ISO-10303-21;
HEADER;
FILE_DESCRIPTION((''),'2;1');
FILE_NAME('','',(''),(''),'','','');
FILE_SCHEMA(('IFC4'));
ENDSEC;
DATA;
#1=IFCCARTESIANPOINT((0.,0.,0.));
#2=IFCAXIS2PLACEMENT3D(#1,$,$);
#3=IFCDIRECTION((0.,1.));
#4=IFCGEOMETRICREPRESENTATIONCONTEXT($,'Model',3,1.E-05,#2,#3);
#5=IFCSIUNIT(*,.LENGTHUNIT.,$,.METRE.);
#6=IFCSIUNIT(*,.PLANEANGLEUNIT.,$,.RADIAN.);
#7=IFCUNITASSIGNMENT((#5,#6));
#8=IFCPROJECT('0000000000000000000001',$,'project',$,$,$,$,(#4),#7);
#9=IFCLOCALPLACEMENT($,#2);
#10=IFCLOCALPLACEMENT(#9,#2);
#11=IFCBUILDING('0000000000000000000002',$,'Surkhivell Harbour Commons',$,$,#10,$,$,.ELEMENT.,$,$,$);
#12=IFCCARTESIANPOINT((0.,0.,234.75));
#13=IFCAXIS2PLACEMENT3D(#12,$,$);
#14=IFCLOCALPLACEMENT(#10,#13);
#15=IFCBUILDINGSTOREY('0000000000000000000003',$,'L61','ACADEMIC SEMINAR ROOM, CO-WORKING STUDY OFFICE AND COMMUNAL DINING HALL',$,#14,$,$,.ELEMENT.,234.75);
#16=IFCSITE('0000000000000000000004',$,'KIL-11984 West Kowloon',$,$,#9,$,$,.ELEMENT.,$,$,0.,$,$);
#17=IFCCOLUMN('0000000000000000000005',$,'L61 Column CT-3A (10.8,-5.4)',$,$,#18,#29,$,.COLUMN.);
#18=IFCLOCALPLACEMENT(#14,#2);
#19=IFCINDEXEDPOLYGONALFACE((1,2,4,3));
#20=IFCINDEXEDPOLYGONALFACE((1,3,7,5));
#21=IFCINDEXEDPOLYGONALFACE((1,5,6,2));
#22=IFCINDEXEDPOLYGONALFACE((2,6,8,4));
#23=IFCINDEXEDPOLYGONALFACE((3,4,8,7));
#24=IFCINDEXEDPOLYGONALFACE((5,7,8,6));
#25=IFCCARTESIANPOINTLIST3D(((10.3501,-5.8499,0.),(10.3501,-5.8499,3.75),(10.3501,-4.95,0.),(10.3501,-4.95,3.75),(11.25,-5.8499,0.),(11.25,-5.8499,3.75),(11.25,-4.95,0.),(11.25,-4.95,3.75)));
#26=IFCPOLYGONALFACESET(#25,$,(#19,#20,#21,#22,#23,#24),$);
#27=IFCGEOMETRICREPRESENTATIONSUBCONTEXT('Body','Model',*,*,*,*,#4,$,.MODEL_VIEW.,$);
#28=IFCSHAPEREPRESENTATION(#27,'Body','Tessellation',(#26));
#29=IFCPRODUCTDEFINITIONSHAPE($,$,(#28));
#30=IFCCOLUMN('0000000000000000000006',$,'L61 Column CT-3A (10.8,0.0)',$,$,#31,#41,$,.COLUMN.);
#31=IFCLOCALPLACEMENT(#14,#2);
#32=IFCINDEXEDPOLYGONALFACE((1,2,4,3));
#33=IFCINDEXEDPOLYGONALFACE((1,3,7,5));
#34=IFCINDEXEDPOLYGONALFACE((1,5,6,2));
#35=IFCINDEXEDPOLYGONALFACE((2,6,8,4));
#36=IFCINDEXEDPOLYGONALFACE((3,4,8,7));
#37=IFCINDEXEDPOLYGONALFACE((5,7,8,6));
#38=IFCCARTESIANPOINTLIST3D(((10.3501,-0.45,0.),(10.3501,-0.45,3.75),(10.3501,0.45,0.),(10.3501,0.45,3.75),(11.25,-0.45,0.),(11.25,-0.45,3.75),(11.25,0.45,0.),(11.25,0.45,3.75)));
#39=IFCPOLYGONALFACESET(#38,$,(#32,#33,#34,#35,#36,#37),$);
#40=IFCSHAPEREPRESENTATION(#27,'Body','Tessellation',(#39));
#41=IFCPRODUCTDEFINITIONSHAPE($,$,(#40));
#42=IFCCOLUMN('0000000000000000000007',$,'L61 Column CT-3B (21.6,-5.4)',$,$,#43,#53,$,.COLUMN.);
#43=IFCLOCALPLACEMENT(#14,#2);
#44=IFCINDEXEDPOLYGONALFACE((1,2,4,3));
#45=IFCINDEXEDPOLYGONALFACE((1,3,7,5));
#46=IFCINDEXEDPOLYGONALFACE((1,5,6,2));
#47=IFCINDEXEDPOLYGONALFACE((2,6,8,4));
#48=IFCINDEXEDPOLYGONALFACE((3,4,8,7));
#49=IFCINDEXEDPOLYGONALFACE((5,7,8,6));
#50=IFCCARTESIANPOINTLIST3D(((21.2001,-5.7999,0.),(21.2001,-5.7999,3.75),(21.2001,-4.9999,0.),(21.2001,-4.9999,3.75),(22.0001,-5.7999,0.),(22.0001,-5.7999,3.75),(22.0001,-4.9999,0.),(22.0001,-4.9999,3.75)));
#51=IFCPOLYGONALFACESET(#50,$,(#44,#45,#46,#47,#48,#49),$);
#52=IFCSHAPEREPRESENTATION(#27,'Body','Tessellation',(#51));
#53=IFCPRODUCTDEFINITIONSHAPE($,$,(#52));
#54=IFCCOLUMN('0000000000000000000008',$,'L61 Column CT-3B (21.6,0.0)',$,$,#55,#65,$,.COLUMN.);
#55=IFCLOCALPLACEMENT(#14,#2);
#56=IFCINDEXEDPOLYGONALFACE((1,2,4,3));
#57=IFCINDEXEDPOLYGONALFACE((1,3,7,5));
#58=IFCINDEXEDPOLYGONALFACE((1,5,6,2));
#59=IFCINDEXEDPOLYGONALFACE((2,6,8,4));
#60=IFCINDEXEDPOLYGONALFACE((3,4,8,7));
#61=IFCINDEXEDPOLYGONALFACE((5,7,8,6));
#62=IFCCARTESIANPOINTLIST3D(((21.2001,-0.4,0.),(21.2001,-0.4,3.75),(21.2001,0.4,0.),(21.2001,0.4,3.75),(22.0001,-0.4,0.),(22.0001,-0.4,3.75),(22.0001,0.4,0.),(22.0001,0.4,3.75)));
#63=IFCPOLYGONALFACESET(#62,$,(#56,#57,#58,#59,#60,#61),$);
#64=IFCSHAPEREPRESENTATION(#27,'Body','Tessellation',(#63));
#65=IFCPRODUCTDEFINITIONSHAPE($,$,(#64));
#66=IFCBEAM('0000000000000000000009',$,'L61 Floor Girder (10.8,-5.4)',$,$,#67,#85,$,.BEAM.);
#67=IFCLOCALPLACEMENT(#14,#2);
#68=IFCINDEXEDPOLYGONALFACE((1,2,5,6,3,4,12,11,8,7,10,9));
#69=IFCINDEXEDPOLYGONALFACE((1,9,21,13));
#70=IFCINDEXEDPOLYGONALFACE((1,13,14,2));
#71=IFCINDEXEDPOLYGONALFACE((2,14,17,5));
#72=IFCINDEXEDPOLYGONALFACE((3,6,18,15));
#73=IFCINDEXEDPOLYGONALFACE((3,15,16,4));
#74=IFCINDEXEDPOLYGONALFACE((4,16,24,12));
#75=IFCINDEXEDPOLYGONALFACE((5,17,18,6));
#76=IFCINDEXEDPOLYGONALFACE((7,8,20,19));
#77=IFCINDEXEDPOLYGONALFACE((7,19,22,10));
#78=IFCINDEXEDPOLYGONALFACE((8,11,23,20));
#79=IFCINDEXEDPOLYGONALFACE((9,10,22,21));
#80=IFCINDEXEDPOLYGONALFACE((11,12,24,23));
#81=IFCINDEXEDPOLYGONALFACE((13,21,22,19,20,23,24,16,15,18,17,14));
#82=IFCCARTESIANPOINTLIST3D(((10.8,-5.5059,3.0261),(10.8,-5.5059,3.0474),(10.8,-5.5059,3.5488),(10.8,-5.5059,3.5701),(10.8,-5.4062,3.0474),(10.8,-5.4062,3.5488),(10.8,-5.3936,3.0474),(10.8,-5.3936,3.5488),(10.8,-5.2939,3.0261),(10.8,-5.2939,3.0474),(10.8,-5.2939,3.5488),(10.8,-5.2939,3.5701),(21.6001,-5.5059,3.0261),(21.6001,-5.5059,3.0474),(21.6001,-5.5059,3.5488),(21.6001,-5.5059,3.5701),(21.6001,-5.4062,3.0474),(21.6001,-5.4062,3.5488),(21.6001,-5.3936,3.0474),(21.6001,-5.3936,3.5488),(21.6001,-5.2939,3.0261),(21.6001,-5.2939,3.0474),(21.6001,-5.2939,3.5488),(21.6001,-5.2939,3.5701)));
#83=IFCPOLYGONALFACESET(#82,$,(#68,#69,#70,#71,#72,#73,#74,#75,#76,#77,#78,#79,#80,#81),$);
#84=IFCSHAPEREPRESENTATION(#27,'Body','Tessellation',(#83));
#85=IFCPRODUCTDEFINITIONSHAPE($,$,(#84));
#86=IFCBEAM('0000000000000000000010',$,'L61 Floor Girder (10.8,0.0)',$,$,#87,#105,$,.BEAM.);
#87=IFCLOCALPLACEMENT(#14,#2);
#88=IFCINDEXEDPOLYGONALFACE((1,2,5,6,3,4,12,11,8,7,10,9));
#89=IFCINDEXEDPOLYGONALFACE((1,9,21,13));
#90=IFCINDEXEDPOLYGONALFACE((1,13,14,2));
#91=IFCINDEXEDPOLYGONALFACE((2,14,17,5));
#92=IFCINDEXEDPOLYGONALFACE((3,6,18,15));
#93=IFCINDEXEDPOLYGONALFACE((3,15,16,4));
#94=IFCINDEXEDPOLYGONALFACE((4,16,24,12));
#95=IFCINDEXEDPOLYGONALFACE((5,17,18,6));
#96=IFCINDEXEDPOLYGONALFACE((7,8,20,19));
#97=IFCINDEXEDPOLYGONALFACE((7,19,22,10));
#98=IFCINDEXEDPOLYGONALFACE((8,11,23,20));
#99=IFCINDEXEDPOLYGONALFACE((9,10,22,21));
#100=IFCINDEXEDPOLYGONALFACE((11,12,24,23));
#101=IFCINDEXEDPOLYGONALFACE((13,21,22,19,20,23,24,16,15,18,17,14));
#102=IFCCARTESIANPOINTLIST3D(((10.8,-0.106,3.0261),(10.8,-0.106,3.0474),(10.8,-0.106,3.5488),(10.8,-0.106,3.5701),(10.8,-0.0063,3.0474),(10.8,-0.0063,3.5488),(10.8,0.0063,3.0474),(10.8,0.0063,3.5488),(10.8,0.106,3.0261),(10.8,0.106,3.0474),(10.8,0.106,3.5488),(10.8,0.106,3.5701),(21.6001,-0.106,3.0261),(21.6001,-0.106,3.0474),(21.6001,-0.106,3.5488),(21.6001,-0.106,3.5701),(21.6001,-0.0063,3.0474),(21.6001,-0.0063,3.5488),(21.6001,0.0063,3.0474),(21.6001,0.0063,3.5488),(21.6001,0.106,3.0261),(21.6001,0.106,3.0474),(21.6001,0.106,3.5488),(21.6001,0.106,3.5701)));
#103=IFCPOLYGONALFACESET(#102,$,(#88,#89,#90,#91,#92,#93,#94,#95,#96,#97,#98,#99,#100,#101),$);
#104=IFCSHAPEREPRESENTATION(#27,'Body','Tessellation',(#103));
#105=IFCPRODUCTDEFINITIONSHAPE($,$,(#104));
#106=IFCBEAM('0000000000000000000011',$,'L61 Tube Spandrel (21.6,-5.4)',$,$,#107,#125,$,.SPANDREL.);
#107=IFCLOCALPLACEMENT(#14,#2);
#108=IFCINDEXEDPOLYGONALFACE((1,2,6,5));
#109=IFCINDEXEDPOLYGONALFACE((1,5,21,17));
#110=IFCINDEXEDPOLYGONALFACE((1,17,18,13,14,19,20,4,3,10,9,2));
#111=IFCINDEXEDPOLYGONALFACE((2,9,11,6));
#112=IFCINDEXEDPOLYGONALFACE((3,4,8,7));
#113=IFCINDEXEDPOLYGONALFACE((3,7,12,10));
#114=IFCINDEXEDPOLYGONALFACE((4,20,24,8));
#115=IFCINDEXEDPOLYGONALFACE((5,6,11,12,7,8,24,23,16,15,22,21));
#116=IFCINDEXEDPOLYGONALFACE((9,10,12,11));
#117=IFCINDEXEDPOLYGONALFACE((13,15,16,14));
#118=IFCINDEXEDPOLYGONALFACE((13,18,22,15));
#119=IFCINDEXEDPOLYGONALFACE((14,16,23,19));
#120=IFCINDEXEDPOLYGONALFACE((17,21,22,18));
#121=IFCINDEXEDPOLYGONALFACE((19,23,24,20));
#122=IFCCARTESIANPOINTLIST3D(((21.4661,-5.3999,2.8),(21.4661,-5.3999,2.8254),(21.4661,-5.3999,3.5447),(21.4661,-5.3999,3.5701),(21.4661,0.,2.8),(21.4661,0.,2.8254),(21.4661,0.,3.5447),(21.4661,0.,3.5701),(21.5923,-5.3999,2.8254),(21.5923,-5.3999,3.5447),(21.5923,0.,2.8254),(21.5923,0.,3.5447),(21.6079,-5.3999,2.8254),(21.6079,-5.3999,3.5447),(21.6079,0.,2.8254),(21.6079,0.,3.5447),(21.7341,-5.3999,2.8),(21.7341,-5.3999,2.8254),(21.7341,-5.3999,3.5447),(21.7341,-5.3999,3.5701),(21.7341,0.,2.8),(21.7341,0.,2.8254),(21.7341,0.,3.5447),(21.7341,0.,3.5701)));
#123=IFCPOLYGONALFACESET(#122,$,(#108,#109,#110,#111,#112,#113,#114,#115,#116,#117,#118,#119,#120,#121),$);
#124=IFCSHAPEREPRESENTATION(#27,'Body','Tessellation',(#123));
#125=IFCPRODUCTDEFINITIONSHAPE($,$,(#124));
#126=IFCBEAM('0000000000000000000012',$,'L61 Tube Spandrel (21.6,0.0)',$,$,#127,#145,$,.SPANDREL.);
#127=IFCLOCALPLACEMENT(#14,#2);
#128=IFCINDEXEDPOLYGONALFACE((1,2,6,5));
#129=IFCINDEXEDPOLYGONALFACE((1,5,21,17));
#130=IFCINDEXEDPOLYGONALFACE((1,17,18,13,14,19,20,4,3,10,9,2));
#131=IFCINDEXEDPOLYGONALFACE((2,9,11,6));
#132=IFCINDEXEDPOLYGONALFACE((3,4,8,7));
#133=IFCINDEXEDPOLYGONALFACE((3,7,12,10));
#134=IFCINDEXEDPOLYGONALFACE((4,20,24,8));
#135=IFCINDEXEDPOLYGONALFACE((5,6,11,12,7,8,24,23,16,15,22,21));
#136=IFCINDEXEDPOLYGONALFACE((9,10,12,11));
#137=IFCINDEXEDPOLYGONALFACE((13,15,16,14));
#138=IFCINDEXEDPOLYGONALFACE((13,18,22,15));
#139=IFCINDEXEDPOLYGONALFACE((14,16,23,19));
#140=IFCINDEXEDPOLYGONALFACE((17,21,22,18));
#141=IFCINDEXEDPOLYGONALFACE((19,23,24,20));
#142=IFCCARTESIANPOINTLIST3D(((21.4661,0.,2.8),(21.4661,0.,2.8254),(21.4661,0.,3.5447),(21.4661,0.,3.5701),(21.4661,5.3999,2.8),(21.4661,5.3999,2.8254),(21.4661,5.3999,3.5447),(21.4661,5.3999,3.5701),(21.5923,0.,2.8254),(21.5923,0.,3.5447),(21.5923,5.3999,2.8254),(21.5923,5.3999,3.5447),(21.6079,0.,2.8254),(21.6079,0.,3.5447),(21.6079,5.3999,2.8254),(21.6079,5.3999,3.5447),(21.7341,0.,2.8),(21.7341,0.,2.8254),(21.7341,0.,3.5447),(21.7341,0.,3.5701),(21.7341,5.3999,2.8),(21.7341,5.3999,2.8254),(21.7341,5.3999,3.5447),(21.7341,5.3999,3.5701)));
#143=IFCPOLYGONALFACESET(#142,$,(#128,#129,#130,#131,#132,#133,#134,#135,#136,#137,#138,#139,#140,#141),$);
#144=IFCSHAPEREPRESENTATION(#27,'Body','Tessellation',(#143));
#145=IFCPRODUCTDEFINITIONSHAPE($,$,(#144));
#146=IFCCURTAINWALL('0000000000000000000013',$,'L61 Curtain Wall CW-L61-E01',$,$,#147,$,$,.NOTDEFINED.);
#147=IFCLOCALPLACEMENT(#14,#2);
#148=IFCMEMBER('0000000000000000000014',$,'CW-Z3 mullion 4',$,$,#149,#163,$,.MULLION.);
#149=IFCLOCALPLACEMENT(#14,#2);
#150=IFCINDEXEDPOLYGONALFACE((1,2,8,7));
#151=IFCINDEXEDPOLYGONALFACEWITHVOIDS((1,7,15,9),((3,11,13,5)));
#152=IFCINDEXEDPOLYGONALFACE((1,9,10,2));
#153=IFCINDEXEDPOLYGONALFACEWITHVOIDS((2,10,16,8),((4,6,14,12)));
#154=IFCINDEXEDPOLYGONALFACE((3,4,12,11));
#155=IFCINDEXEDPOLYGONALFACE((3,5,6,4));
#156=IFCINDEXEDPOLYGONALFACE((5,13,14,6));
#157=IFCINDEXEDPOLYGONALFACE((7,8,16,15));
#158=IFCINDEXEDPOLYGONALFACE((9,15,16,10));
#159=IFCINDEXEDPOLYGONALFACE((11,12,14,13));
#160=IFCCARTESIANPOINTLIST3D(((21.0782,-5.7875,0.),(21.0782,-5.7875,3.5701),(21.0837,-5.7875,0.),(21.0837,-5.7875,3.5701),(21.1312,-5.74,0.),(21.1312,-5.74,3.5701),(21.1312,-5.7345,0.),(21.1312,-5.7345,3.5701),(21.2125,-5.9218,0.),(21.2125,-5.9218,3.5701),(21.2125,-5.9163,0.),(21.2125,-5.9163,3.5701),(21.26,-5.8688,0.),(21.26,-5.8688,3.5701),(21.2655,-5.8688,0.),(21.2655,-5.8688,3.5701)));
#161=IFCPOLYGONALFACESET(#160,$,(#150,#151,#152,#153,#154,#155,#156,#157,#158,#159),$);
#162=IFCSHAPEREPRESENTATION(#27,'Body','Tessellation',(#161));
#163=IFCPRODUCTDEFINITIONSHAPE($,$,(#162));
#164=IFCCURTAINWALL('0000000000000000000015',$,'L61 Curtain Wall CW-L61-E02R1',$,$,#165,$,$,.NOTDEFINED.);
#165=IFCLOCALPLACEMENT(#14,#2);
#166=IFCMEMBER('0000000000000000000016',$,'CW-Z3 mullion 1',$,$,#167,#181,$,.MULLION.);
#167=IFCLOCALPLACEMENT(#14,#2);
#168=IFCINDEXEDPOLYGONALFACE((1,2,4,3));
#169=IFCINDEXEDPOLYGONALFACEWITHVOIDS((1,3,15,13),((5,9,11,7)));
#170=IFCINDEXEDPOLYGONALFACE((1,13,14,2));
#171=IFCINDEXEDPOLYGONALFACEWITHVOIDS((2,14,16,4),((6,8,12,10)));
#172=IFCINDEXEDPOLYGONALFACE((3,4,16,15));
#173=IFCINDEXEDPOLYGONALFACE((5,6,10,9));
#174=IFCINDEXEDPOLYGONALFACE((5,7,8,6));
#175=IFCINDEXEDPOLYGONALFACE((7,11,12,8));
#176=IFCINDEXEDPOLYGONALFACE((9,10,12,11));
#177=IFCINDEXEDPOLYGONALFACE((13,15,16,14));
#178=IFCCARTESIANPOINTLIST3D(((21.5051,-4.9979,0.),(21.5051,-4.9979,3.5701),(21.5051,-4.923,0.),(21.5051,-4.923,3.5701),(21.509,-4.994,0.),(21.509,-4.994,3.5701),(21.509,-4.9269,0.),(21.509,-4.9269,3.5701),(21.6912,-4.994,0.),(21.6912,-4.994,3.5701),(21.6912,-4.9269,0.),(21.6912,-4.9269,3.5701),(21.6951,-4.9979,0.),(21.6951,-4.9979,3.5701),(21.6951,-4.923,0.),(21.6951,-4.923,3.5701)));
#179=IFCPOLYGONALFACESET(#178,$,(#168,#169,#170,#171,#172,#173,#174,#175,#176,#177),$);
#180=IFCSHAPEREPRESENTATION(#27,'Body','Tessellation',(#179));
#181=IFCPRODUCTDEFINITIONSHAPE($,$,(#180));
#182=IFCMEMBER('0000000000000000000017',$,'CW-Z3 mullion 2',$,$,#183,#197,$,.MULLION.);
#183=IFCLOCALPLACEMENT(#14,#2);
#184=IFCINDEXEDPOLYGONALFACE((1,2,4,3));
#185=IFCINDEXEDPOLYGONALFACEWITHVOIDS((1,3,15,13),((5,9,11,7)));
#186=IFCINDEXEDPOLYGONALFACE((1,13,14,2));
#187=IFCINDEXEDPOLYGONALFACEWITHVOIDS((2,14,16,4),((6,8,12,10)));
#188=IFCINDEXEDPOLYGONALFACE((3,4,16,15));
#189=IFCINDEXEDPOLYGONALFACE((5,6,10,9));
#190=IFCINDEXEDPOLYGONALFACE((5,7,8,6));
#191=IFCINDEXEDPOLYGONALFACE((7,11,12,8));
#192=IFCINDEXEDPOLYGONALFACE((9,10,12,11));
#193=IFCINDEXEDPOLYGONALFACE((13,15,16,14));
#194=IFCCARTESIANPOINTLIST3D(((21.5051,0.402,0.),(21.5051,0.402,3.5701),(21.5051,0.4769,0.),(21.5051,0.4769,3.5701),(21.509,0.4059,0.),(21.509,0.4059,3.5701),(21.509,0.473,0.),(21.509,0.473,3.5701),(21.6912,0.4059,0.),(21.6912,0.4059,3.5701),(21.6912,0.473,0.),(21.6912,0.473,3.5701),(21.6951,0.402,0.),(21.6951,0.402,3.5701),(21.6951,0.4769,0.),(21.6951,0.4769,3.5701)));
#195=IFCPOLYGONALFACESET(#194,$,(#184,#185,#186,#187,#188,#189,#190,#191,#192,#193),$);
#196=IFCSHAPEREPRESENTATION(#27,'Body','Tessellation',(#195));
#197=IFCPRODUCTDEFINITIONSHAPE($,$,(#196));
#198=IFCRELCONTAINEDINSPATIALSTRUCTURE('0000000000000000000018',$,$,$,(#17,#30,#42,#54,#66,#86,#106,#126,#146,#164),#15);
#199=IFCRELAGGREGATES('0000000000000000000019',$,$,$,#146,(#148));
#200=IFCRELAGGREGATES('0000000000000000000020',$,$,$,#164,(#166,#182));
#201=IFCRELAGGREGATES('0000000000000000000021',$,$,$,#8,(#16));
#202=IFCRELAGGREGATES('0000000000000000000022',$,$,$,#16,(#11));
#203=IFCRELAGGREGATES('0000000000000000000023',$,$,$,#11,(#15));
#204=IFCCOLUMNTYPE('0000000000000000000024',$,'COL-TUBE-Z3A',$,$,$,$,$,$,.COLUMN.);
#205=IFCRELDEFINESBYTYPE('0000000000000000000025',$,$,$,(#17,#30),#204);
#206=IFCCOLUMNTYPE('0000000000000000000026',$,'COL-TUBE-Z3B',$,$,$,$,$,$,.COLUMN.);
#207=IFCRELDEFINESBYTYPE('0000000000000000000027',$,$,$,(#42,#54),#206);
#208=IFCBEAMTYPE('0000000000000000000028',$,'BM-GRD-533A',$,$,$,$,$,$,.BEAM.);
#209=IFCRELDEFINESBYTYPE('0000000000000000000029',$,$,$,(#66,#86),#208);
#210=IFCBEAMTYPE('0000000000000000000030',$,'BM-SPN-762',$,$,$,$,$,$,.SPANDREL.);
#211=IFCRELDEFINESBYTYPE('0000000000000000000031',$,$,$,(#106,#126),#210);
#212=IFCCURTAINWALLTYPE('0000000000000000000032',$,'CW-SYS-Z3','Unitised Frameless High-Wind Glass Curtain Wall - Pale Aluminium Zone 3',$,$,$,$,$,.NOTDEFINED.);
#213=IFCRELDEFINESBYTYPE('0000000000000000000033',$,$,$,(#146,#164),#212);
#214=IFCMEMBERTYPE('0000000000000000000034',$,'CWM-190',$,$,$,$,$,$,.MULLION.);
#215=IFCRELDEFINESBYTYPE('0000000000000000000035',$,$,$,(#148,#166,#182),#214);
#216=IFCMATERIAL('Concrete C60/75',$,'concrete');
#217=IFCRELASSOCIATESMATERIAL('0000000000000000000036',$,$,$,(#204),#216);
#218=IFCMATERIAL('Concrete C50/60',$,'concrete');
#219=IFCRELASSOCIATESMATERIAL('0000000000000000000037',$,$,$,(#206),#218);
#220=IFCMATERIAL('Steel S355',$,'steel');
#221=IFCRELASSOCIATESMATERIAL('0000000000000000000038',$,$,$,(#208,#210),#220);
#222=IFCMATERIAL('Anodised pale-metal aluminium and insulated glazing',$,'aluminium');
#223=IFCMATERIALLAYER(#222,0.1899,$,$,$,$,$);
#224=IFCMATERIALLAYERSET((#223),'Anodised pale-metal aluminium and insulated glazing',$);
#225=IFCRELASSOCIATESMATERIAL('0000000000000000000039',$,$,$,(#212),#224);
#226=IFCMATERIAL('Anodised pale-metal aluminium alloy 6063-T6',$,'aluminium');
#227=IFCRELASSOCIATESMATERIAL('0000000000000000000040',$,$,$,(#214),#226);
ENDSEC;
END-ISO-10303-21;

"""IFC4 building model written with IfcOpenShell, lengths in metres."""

from ifc_helpers import new_model, si_unit, direction, frame, origin, origin_2d, place, context, subcontext, project, spatial, rectangle, hollow_rectangle, i_section, extrude, material, layer, layer_set, material_profile, profile_set, type_object, element, aggregate, save


model = new_model("IFC4")

# Units and contexts
model_context = context("Model", 3, precision=1e-05, world=origin(), true_north=direction((0.0, 1.0)))
body_context = subcontext(model_context, "Body", "Model", "MODEL_VIEW")
ifc_project = project(units=[si_unit("LENGTHUNIT", "METRE"), si_unit("PLANEANGLEUNIT", "RADIAN")], contexts=[model_context])

# Site, building, storey
site_placement = place(None, origin())
site = spatial("IfcSite", under=ifc_project, at=site_placement, Name="KIL-11984 West Kowloon", CompositionType="ELEMENT", RefElevation=0.0)
building_placement = place(site_placement, origin())
building = spatial("IfcBuilding", under=site, at=building_placement, Name="Surkhivell Harbour Commons", CompositionType="ELEMENT")
storey_placement = place(building_placement, frame((0.0, 0.0, 234.75)))
storey = spatial("IfcBuildingStorey", under=building, at=storey_placement, Name="L61", Description="ACADEMIC SEMINAR ROOM, CO-WORKING STUDY OFFICE AND COMMUNAL DINING HALL", CompositionType="ELEMENT", Elevation=234.75)

# Columns
ifc_material_1 = material(Name="Concrete C60/75", Category="concrete")
ifc_material_profile_1 = material_profile(ifc_material_1, rectangle(XDim=0.8999, YDim=0.8999, at=origin_2d()), Name="RC-COL-900x900")
ifc_profile_set_1 = profile_set([ifc_material_profile_1], Name="Concrete C60/75")
column_type_1 = type_object("IfcColumnType", Name="COL-TUBE-Z3A", PredefinedType="COLUMN", material=ifc_profile_set_1)
for number, where, z_axis, x_axis, name in (
    (1, (10.8, -5.3999, 0.0), (0.0, 0.0, 1.0), (1.0, 0.0, 0.0), "L61 Column CT-3A (10.8,-5.4)"),
    (2, (10.8, 0.0, 0.0), (0.0, 0.0, 1.0), (1.0, 0.0, 0.0), "L61 Column CT-3A (10.8,0.0)"),
):
    element("IfcColumn", number, at=place(storey_placement, frame(where, z_axis=z_axis, x_axis=x_axis)), inside=storey, type_object=column_type_1, Name=name, PredefinedType="COLUMN", context=body_context, shape_type="SweptSolid", body=[
        extrude(rectangle(XDim=0.8999, YDim=0.8999, at=origin_2d()), origin(), (0.0, 0.0, 1.0), 3.75),
    ])
ifc_material_2 = material(Name="Concrete C50/60", Category="concrete")
ifc_material_profile_2 = material_profile(ifc_material_2, rectangle(XDim=0.8, YDim=0.8, at=origin_2d()), Name="RC-COL-800x800")
ifc_profile_set_2 = profile_set([ifc_material_profile_2], Name="Concrete C50/60")
column_type_2 = type_object("IfcColumnType", Name="COL-TUBE-Z3B", PredefinedType="COLUMN", material=ifc_profile_set_2)
for number, where, z_axis, x_axis, name in (
    (3, (21.6001, -5.3999, 0.0), (0.0, 0.0, 1.0), (1.0, 0.0, 0.0), "L61 Column CT-3B (21.6,-5.4)"),
    (4, (21.6001, 0.0, 0.0), (0.0, 0.0, 1.0), (1.0, 0.0, 0.0), "L61 Column CT-3B (21.6,0.0)"),
):
    element("IfcColumn", number, at=place(storey_placement, frame(where, z_axis=z_axis, x_axis=x_axis)), inside=storey, type_object=column_type_2, Name=name, PredefinedType="COLUMN", context=body_context, shape_type="SweptSolid", body=[
        extrude(rectangle(XDim=0.8, YDim=0.8, at=origin_2d()), origin(), (0.0, 0.0, 1.0), 3.75),
    ])

# Beams
ifc_material_3 = material(Name="Steel S355", Category="steel")
ifc_material_profile_3 = material_profile(ifc_material_3, i_section(OverallWidth=0.2119, OverallDepth=0.5439, WebThickness=0.0127, FlangeThickness=0.0212, at=origin_2d()), Name="UB533x210x122")
ifc_profile_set_3 = profile_set([ifc_material_profile_3], Name="Steel S355")
beam_type_1 = type_object("IfcBeamType", Name="BM-GRD-533A", PredefinedType="BEAM", material=ifc_profile_set_3)
for number, where, z_axis, x_axis, name in (
    (5, (10.8, -5.3999, 3.2981), (1.0, 0.0, 0.0), (0.0, 1.0, 0.0), "L61 Floor Girder (10.8,-5.4)"),
    (6, (10.8, 0.0, 3.2981), (1.0, 0.0, 0.0), (0.0, 1.0, 0.0), "L61 Floor Girder (10.8,0.0)"),
):
    element("IfcBeam", number, at=place(storey_placement, frame(where, z_axis=z_axis, x_axis=x_axis)), inside=storey, type_object=beam_type_1, Name=name, PredefinedType="BEAM", context=body_context, shape_type="SweptSolid", body=[
        extrude(i_section(OverallWidth=0.2119, OverallDepth=0.5439, WebThickness=0.0127, FlangeThickness=0.0212, at=origin_2d()), origin(), (0.0, 0.0, 1.0), 10.8),
    ])
ifc_material_profile_4 = material_profile(ifc_material_3, i_section(OverallWidth=0.2681, OverallDepth=0.77, WebThickness=0.0156, FlangeThickness=0.0254, at=origin_2d()), Name="UB762x267x197")
ifc_profile_set_4 = profile_set([ifc_material_profile_4], Name="Steel S355")
beam_type_2 = type_object("IfcBeamType", Name="BM-SPN-762", PredefinedType="SPANDREL", material=ifc_profile_set_4)
for number, where, z_axis, x_axis, name in (
    (7, (21.6001, -5.3999, 3.1851), (0.0, 1.0, 0.0), (-1.0, 0.0, 0.0), "L61 Tube Spandrel (21.6,-5.4)"),
    (8, (21.6001, 0.0, 3.1851), (0.0, 1.0, 0.0), (-1.0, 0.0, 0.0), "L61 Tube Spandrel (21.6,0.0)"),
):
    element("IfcBeam", number, at=place(storey_placement, frame(where, z_axis=z_axis, x_axis=x_axis)), inside=storey, type_object=beam_type_2, Name=name, PredefinedType="SPANDREL", context=body_context, shape_type="SweptSolid", body=[
        extrude(i_section(OverallWidth=0.2681, OverallDepth=0.77, WebThickness=0.0156, FlangeThickness=0.0254, at=origin_2d()), origin(), (0.0, 0.0, 1.0), 5.3999),
    ])

# Curtain wall, member
ifc_material_4 = material(Name="Anodised pale-metal aluminium and insulated glazing", Category="aluminium")
ifc_layer_1 = layer(ifc_material_4, 0.1899)
ifc_layer_set_1 = layer_set([ifc_layer_1], Name="Anodised pale-metal aluminium and insulated glazing")
curtain_wall_type = type_object("IfcCurtainWallType", Name="CW-SYS-Z3", Description="Unitised Frameless High-Wind Glass Curtain Wall - Pale Aluminium Zone 3", PredefinedType="NOTDEFINED", material=ifc_layer_set_1)
curtain_wall_1_placement = place(storey_placement, origin())
curtain_wall_1 = element("IfcCurtainWall", 9, at=curtain_wall_1_placement, inside=storey, type_object=curtain_wall_type, Name="L61 Curtain Wall CW-L61-E01", PredefinedType="NOTDEFINED")
ifc_material_5 = material(Name="Anodised pale-metal aluminium alloy 6063-T6", Category="aluminium")
ifc_material_profile_5 = material_profile(ifc_material_5, hollow_rectangle(XDim=0.075, YDim=0.1899, WallThickness=0.0039, at=origin_2d()), Name="ALU-MULL-75x190")
ifc_profile_set_5 = profile_set([ifc_material_profile_5], Name="Anodised pale-metal aluminium alloy 6063-T6")
member_type_1 = type_object("IfcMemberType", Name="CWM-190", PredefinedType="MULLION", material=ifc_profile_set_5)
member_1_placement = place(storey_placement, frame((21.1719, -5.8281, 0.0), z_axis=(0.0, 0.0, 1.0), x_axis=(0.707107, 0.707107, 0.0)))
member_1 = element("IfcMember", 10, at=member_1_placement, type_object=member_type_1, Name="CW-Z3 mullion 4", PredefinedType="MULLION", context=body_context, shape_type="SweptSolid", body=[
    extrude(hollow_rectangle(XDim=0.075, YDim=0.1899, WallThickness=0.0039, at=origin_2d()), origin(), (0.0, 0.0, 1.0), 3.5701),
])
aggregate(curtain_wall_1, [member_1])

# Curtain wall, members
curtain_wall_2_placement = place(storey_placement, origin())
curtain_wall_2 = element("IfcCurtainWall", 11, at=curtain_wall_2_placement, inside=storey, type_object=curtain_wall_type, Name="L61 Curtain Wall CW-L61-E02R1", PredefinedType="NOTDEFINED")
member_2_placement = place(storey_placement, frame((21.6001, -4.9604, 0.0), z_axis=(0.0, 0.0, 1.0), x_axis=(0.0, 1.0, 0.0)))
member_2 = element("IfcMember", 12, at=member_2_placement, type_object=member_type_1, Name="CW-Z3 mullion 1", PredefinedType="MULLION", context=body_context, shape_type="SweptSolid", body=[
    extrude(hollow_rectangle(XDim=0.075, YDim=0.1899, WallThickness=0.0039, at=origin_2d()), origin(), (0.0, 0.0, 1.0), 3.5701),
])
member_3_placement = place(storey_placement, frame((21.6001, 0.4395, 0.0), z_axis=(0.0, 0.0, 1.0), x_axis=(0.0, 1.0, 0.0)))
member_3 = element("IfcMember", 13, at=member_3_placement, type_object=member_type_1, Name="CW-Z3 mullion 2", PredefinedType="MULLION", context=body_context, shape_type="SweptSolid", body=[
    extrude(hollow_rectangle(XDim=0.075, YDim=0.1899, WallThickness=0.0039, at=origin_2d()), origin(), (0.0, 0.0, 1.0), 3.5701),
])
aggregate(curtain_wall_2, [member_2, member_3])

save(model, "model.ifc")
